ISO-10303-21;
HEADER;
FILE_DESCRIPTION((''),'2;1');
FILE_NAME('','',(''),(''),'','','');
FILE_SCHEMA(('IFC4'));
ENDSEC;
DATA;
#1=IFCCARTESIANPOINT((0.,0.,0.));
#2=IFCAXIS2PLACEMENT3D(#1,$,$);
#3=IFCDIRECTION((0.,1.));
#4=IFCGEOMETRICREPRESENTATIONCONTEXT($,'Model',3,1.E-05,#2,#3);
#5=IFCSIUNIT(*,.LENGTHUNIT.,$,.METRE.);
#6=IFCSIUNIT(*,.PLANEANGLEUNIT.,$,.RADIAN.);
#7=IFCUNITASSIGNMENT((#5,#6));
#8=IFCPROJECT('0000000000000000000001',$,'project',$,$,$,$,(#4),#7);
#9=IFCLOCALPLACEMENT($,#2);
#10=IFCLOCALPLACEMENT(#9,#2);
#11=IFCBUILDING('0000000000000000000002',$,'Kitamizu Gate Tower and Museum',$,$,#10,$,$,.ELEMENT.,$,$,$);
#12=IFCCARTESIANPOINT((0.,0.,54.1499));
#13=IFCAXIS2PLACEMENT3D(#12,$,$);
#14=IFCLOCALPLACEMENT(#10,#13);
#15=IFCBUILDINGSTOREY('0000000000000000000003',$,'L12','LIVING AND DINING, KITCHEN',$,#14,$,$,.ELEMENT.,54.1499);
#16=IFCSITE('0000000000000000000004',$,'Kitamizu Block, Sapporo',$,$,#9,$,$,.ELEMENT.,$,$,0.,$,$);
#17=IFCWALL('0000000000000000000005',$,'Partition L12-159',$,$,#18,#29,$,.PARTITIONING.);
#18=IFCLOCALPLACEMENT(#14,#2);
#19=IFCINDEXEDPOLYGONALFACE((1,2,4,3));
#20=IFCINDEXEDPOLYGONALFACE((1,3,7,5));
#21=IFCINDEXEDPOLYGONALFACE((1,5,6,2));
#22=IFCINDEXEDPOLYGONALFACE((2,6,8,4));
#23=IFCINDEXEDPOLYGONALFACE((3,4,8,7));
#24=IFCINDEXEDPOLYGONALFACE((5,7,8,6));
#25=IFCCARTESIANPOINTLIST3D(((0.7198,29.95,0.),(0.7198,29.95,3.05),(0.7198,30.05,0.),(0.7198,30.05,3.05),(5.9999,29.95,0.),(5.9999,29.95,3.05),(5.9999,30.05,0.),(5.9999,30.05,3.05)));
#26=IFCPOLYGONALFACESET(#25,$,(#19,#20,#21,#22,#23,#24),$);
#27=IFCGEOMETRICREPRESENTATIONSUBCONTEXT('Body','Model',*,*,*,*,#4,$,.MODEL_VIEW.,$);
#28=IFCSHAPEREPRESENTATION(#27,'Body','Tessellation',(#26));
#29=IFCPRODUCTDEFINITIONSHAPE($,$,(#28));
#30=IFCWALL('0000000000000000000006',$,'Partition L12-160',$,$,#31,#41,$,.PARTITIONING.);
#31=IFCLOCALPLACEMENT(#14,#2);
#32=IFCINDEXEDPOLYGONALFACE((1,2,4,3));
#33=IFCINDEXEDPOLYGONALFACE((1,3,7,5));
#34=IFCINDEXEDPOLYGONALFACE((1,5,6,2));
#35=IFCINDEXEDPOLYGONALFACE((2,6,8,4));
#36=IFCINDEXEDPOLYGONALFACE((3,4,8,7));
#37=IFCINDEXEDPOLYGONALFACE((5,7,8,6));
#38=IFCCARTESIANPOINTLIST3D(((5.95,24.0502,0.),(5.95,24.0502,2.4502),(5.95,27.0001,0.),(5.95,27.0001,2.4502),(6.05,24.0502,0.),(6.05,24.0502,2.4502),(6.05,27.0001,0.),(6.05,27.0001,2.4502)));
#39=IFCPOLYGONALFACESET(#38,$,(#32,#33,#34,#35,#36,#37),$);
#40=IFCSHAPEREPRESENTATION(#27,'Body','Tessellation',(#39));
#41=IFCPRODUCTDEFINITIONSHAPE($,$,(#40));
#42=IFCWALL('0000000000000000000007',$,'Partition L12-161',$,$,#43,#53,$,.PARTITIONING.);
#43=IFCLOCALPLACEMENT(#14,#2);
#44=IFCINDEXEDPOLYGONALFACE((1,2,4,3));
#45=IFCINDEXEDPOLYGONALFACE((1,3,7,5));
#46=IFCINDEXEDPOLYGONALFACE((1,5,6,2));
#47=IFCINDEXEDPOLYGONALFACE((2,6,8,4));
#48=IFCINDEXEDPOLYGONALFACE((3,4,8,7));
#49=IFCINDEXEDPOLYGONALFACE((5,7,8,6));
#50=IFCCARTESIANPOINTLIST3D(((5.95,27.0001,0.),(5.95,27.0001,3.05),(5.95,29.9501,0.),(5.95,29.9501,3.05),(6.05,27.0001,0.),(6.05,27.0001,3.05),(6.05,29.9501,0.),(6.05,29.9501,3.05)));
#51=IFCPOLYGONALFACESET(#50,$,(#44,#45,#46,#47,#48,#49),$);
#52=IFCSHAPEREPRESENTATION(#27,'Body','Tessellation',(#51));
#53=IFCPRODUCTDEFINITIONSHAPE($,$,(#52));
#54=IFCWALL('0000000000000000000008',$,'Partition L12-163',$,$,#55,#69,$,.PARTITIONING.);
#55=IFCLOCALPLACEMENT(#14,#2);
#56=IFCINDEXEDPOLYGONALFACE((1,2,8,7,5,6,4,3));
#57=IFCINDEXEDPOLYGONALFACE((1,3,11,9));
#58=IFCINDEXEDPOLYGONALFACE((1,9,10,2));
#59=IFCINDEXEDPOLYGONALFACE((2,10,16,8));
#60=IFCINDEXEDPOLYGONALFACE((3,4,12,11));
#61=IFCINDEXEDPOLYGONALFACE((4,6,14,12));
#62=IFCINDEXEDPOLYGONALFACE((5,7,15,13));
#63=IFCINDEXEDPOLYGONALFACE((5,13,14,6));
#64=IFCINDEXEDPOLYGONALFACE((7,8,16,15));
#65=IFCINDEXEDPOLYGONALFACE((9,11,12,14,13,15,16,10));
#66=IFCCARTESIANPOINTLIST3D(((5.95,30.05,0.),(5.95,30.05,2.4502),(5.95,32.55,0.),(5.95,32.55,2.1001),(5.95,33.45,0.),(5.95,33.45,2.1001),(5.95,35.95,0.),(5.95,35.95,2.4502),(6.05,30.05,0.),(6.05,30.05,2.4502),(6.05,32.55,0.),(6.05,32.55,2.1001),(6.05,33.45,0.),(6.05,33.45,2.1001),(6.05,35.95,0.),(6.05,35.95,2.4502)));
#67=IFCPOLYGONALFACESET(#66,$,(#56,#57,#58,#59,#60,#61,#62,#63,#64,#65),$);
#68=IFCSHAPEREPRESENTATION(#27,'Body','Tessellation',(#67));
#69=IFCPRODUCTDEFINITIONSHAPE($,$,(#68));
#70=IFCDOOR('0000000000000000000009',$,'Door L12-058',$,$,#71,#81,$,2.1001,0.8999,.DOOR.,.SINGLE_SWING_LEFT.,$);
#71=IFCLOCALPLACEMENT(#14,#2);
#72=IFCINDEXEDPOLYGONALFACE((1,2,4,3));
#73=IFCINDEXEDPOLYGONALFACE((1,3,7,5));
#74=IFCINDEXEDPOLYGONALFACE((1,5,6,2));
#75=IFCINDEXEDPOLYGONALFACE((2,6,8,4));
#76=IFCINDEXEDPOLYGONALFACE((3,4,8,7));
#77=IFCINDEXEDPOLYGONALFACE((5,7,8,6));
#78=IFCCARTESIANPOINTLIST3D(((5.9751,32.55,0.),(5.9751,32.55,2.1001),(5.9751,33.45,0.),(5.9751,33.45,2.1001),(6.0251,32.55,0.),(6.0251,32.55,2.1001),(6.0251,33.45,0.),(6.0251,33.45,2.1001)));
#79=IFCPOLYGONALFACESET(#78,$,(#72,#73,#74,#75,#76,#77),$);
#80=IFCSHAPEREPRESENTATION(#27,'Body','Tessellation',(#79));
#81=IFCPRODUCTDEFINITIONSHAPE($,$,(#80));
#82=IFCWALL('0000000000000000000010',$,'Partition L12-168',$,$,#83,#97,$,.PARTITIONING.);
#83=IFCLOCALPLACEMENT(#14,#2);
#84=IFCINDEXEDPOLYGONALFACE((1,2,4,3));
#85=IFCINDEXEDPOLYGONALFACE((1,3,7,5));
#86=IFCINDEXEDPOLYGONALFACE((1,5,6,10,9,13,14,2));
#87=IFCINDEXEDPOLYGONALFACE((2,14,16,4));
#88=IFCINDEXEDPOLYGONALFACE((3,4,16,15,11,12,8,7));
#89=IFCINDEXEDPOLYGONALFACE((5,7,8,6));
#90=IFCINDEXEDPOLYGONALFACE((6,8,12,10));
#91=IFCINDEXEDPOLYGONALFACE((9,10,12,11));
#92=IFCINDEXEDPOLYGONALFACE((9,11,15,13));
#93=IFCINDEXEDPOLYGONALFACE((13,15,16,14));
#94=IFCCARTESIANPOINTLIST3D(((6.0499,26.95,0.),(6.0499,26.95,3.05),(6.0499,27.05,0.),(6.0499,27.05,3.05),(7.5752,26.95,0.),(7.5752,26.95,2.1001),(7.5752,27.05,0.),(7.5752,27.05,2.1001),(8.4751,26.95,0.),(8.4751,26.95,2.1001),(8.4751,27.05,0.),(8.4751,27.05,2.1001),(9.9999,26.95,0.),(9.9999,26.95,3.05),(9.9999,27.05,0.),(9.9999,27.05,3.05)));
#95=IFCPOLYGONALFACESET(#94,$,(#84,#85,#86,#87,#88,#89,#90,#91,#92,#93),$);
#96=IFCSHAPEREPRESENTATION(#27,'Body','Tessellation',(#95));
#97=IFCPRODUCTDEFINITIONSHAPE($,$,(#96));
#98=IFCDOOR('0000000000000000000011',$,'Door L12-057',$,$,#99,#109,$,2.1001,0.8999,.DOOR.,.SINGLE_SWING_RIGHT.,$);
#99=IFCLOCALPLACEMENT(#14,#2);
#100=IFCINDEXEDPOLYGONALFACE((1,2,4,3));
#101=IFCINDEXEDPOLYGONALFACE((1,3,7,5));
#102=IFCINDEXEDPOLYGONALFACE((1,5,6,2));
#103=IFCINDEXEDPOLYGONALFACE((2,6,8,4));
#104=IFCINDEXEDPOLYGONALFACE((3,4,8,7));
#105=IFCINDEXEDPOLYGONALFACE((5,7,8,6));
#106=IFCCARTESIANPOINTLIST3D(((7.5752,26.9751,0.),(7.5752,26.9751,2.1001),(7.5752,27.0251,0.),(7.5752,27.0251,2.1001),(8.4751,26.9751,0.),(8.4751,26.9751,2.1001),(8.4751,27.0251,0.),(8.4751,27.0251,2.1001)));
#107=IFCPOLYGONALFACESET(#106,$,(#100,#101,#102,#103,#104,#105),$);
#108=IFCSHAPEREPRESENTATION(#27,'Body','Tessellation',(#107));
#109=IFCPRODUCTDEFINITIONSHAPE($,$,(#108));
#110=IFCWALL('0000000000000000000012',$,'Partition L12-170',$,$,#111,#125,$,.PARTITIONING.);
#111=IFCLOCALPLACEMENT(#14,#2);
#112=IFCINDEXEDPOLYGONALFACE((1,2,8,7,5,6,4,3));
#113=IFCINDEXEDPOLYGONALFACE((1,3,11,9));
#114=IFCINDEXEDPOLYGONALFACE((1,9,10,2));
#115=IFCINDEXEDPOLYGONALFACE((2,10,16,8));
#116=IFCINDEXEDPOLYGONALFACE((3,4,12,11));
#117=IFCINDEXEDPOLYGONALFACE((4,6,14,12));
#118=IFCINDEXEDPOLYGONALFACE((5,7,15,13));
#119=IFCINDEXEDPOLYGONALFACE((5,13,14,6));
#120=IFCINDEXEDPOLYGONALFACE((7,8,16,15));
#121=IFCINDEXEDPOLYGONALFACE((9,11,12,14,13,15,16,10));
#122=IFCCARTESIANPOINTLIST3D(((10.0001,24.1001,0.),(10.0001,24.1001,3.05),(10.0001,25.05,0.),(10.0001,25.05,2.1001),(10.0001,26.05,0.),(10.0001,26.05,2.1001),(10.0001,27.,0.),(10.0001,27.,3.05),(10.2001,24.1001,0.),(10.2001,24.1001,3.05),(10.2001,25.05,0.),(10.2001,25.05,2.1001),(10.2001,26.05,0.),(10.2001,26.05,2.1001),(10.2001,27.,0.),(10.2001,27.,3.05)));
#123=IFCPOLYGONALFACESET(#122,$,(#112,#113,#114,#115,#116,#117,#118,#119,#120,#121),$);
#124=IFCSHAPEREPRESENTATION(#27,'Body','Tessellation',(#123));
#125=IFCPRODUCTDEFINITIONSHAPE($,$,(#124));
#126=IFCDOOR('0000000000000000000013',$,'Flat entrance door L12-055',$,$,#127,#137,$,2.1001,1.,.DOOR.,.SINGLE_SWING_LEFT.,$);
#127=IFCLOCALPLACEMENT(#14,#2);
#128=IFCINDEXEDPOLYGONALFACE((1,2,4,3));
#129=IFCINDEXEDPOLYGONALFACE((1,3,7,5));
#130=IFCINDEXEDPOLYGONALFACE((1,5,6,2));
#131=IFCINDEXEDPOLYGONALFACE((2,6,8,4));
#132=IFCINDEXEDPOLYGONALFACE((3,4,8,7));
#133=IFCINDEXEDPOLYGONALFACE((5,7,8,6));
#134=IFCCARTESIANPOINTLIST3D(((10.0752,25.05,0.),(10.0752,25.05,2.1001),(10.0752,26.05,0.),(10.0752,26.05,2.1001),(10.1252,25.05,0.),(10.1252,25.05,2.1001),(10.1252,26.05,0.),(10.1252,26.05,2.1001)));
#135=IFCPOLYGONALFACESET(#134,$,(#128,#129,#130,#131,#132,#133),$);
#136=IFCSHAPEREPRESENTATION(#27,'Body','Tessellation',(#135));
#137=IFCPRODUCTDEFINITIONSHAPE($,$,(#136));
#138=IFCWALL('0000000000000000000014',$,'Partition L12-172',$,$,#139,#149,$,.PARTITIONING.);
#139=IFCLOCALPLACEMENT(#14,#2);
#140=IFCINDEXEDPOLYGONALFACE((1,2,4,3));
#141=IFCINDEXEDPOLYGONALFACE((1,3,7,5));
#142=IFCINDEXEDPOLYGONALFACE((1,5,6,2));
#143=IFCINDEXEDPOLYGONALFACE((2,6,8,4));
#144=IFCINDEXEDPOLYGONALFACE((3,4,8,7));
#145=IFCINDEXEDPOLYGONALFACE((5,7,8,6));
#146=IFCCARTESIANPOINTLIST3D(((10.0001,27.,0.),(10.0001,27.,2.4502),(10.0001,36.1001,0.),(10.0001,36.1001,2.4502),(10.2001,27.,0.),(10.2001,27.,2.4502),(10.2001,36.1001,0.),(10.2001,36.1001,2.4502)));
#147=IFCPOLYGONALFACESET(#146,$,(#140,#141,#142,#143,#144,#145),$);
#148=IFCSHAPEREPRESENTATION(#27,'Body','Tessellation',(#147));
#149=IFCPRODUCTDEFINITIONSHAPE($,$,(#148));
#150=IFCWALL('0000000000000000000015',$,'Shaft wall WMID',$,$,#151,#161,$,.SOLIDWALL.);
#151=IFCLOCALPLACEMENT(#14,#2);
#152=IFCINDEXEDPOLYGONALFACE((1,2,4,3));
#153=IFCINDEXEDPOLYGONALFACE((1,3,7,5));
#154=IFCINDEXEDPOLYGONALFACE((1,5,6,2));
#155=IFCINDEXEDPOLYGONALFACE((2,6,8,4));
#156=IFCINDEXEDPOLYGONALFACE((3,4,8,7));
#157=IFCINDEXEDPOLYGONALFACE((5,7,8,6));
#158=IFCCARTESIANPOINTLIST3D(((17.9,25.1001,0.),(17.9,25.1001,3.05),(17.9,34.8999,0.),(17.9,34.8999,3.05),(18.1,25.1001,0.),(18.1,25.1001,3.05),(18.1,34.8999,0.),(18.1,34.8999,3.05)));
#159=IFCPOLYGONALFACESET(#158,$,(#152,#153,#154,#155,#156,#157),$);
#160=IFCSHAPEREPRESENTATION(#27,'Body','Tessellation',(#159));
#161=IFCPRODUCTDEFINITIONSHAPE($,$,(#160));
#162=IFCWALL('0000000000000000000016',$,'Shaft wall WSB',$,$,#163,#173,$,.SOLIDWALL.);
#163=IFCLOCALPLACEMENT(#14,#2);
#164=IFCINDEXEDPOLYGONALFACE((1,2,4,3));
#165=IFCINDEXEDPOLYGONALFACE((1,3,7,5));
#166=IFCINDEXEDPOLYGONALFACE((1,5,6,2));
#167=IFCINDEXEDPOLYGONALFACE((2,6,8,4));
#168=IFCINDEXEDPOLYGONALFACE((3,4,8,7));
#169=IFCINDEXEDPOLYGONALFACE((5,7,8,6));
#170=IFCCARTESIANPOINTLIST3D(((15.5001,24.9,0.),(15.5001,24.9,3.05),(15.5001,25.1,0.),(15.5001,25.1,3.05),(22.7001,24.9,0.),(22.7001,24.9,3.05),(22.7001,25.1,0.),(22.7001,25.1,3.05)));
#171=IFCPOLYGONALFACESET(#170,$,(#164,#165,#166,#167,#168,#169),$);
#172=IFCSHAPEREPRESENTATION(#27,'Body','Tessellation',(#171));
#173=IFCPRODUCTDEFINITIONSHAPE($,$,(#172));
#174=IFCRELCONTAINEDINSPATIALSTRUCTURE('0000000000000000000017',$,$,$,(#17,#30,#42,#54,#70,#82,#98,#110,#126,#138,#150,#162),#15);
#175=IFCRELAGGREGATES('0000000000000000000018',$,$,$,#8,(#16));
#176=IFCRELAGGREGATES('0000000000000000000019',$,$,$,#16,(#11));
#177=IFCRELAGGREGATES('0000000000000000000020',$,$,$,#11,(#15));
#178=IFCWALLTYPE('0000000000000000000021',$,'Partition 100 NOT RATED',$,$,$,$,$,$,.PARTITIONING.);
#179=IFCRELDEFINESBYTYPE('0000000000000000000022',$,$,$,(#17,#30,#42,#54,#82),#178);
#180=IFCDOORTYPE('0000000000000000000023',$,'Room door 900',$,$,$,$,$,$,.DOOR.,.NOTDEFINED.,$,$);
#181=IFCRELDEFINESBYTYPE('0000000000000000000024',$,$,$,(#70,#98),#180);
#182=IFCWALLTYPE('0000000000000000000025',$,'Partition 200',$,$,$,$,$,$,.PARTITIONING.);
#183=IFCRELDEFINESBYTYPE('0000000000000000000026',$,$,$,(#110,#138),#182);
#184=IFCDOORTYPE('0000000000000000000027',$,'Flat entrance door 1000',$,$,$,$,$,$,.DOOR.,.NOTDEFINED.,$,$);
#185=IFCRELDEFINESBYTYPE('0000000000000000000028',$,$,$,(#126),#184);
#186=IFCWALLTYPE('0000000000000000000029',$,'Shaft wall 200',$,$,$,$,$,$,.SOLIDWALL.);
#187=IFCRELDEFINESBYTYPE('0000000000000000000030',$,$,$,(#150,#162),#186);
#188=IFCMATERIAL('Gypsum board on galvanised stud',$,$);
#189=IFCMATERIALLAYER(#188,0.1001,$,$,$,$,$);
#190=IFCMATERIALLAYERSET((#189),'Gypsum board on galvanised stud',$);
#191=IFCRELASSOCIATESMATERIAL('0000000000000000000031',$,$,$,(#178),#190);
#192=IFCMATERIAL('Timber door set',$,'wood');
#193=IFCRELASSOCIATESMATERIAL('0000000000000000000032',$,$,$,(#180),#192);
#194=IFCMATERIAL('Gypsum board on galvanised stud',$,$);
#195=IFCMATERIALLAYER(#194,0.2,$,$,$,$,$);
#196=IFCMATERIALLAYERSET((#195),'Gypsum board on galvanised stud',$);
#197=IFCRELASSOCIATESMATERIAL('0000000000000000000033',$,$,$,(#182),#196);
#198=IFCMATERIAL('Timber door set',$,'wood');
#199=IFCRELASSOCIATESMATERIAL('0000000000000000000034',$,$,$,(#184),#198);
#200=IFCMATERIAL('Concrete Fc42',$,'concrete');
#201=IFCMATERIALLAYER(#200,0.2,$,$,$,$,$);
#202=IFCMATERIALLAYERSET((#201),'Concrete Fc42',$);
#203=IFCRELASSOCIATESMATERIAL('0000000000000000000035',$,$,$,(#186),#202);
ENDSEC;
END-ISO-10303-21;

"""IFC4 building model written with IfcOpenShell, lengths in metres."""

from ifc_helpers import new_model, si_unit, direction, frame, frame_2d, origin, place, context, subcontext, project, spatial, rectangle, extrude, material, layer, layer_set, type_object, element, fill, save


model = new_model("IFC4")

# Units and contexts
model_context = context("Model", 3, precision=1e-05, world=origin(), true_north=direction((0.0, 1.0)))
body_context = subcontext(model_context, "Body", "Model", "MODEL_VIEW")
ifc_project = project(units=[si_unit("LENGTHUNIT", "METRE"), si_unit("PLANEANGLEUNIT", "RADIAN")], contexts=[model_context])

# Site, building, storey
site_placement = place(None, origin())
site = spatial("IfcSite", under=ifc_project, at=site_placement, Name="Kitamizu Block, Sapporo", CompositionType="ELEMENT", RefElevation=0.0)
building_placement = place(site_placement, origin())
building = spatial("IfcBuilding", under=site, at=building_placement, Name="Kitamizu Gate Tower and Museum", CompositionType="ELEMENT")
storey_placement = place(building_placement, frame((0.0, 0.0, 54.1499)))
storey = spatial("IfcBuildingStorey", under=building, at=storey_placement, Name="L12", Description="LIVING AND DINING, KITCHEN", CompositionType="ELEMENT", Elevation=54.1499)

# Shared definitions
ifc_material_1 = material(Name="Gypsum board on galvanised stud")
ifc_layer_1 = layer(ifc_material_1, 0.1001)
ifc_layer_set_1 = layer_set([ifc_layer_1], Name="Gypsum board on galvanised stud")
wall_type_1 = type_object("IfcWallType", Name="Partition 100 NOT RATED", PredefinedType="PARTITIONING", material=ifc_layer_set_1)
ifc_material_2 = material(Name="Timber door set", Category="wood")
door_type_1 = type_object("IfcDoorType", Name="Room door 900", OperationType="NOTDEFINED", PredefinedType="DOOR", material=ifc_material_2)

# Walls
wall_1_placement = place(storey_placement, frame((6.0, 30.0, 0.0), z_axis=(0.0, 0.0, 1.0), x_axis=(-1.0, 0.0, 0.0)))
element("IfcWall", 1, at=wall_1_placement, inside=storey, type_object=wall_type_1, Name="Partition L12-159", PredefinedType="PARTITIONING", context=body_context, shape_type="SweptSolid", body=[
    extrude(rectangle(XDim=5.28, YDim=0.1001, at=frame_2d((2.6401, 0.0))), origin(), (0.0, 0.0, 1.0), 3.05),
])
wall_2_placement = place(storey_placement, frame((6.0, 24.05, 0.0), z_axis=(0.0, 0.0, 1.0), x_axis=(0.0, 1.0, 0.0)))
element("IfcWall", 2, at=wall_2_placement, inside=storey, type_object=wall_type_1, Name="Partition L12-160", PredefinedType="PARTITIONING", context=body_context, shape_type="SweptSolid", body=[
    extrude(rectangle(XDim=2.95, YDim=0.1001, at=frame_2d((1.4751, 0.0))), origin(), (0.0, 0.0, 1.0), 2.4502),
])
wall_3_placement = place(storey_placement, frame((6.0, 27.0, 0.0), z_axis=(0.0, 0.0, 1.0), x_axis=(0.0, 1.0, 0.0)))
element("IfcWall", 3, at=wall_3_placement, inside=storey, type_object=wall_type_1, Name="Partition L12-161", PredefinedType="PARTITIONING", context=body_context, shape_type="SweptSolid", body=[
    extrude(rectangle(XDim=2.95, YDim=0.1001, at=frame_2d((1.4751, 0.0))), origin(), (0.0, 0.0, 1.0), 3.05),
])

# Walls, openings, doors
wall_4_placement = place(storey_placement, frame((6.0, 30.05, 0.0), z_axis=(0.0, 0.0, 1.0), x_axis=(0.0, 1.0, 0.0)))
wall_4 = element("IfcWall", 4, at=wall_4_placement, inside=storey, type_object=wall_type_1, Name="Partition L12-163", PredefinedType="PARTITIONING", context=body_context, shape_type="SweptSolid", body=[
    extrude(rectangle(XDim=5.8999, YDim=0.1001, at=frame_2d((2.95, 0.0))), origin(), (0.0, 0.0, 1.0), 2.4502),
])
opening_1_placement = place(wall_4_placement, frame((2.5, 0.0, 0.0)))
opening_1 = element("IfcOpeningElement", 5, at=opening_1_placement, cuts=wall_4, PredefinedType="OPENING", context=body_context, shape_type="SweptSolid", body=[
    extrude(rectangle(XDim=0.8999, YDim=2.1001, at=frame_2d((0.45, 1.05))), frame((0.0, 0.0601, 0.0), z_axis=(0.0, -1.0, 0.0), x_axis=(1.0, 0.0, 0.0)), (0.0, 0.0, 1.0), 0.1201),
])
door_1_placement = place(opening_1_placement, origin())
door_1 = element("IfcDoor", 6, at=door_1_placement, inside=storey, type_object=door_type_1, Name="Door L12-058", OperationType="SINGLE_SWING_LEFT", OverallHeight=2.1001, OverallWidth=0.8999, PredefinedType="DOOR", context=body_context, shape_type="SweptSolid", body=[
    extrude(rectangle(XDim=0.8999, YDim=2.1001, at=frame_2d((0.45, 1.05))), frame((0.0, 0.0249, 0.0), z_axis=(0.0, -1.0, 0.0), x_axis=(1.0, 0.0, 0.0)), (0.0, 0.0, 1.0), 0.05),
])
fill(opening_1, door_1)
wall_5_placement = place(storey_placement, frame((10.0, 27.0, 0.0), z_axis=(0.0, 0.0, 1.0), x_axis=(-1.0, 0.0, 0.0)))
wall_5 = element("IfcWall", 7, at=wall_5_placement, inside=storey, type_object=wall_type_1, Name="Partition L12-168", PredefinedType="PARTITIONING", context=body_context, shape_type="SweptSolid", body=[
    extrude(rectangle(XDim=3.95, YDim=0.1001, at=frame_2d((1.9751, 0.0))), origin(), (0.0, 0.0, 1.0), 3.05),
])
opening_2_placement = place(wall_5_placement, frame((1.5249, 0.0, 0.0)))
opening_2 = element("IfcOpeningElement", 8, at=opening_2_placement, cuts=wall_5, PredefinedType="OPENING", context=body_context, shape_type="SweptSolid", body=[
    extrude(rectangle(XDim=0.8999, YDim=2.1001, at=frame_2d((0.45, 1.05))), frame((0.0, 0.0601, 0.0), z_axis=(0.0, -1.0, 0.0), x_axis=(1.0, 0.0, 0.0)), (0.0, 0.0, 1.0), 0.1201),
])
door_2_placement = place(opening_2_placement, origin())
door_2 = element("IfcDoor", 9, at=door_2_placement, inside=storey, type_object=door_type_1, Name="Door L12-057", OperationType="SINGLE_SWING_RIGHT", OverallHeight=2.1001, OverallWidth=0.8999, PredefinedType="DOOR", context=body_context, shape_type="SweptSolid", body=[
    extrude(rectangle(XDim=0.8999, YDim=2.1001, at=frame_2d((0.45, 1.05))), frame((0.0, 0.0249, 0.0), z_axis=(0.0, -1.0, 0.0), x_axis=(1.0, 0.0, 0.0)), (0.0, 0.0, 1.0), 0.05),
])
fill(opening_2, door_2)
ifc_material_3 = material(Name="Gypsum board on galvanised stud")
ifc_layer_2 = layer(ifc_material_3, 0.2)
ifc_layer_set_2 = layer_set([ifc_layer_2], Name="Gypsum board on galvanised stud")
wall_type_2 = type_object("IfcWallType", Name="Partition 200", PredefinedType="PARTITIONING", material=ifc_layer_set_2)
wall_6_placement = place(storey_placement, frame((10.1001, 24.1001, 0.0), z_axis=(0.0, 0.0, 1.0), x_axis=(0.0, 1.0, 0.0)))
wall_6 = element("IfcWall", 10, at=wall_6_placement, inside=storey, type_object=wall_type_2, Name="Partition L12-170", PredefinedType="PARTITIONING", context=body_context, shape_type="SweptSolid", body=[
    extrude(rectangle(XDim=2.8999, YDim=0.2, at=frame_2d((1.45, 0.0))), origin(), (0.0, 0.0, 1.0), 3.05),
])
opening_3_placement = place(wall_6_placement, frame((0.95, 0.0, 0.0)))
opening_3 = element("IfcOpeningElement", 11, at=opening_3_placement, cuts=wall_6, PredefinedType="OPENING", context=body_context, shape_type="SweptSolid", body=[
    extrude(rectangle(XDim=1.0, YDim=2.1001, at=frame_2d((0.5, 1.05))), frame((0.0, 0.1099, 0.0), z_axis=(0.0, -1.0, 0.0), x_axis=(1.0, 0.0, 0.0)), (0.0, 0.0, 1.0), 0.22),
])
ifc_material_4 = material(Name="Timber door set", Category="wood")
door_type_2 = type_object("IfcDoorType", Name="Flat entrance door 1000", OperationType="NOTDEFINED", PredefinedType="DOOR", material=ifc_material_4)
door_3_placement = place(opening_3_placement, origin())
door_3 = element("IfcDoor", 12, at=door_3_placement, inside=storey, type_object=door_type_2, Name="Flat entrance door L12-055", OperationType="SINGLE_SWING_LEFT", OverallHeight=2.1001, OverallWidth=1.0, PredefinedType="DOOR", context=body_context, shape_type="SweptSolid", body=[
    extrude(rectangle(XDim=1.0, YDim=2.1001, at=frame_2d((0.5, 1.05))), frame((0.0, 0.0249, 0.0), z_axis=(0.0, -1.0, 0.0), x_axis=(1.0, 0.0, 0.0)), (0.0, 0.0, 1.0), 0.05),
])
fill(opening_3, door_3)

# Walls
wall_7_placement = place(storey_placement, frame((10.1001, 27.0, 0.0), z_axis=(0.0, 0.0, 1.0), x_axis=(0.0, 1.0, 0.0)))
element("IfcWall", 13, at=wall_7_placement, inside=storey, type_object=wall_type_2, Name="Partition L12-172", PredefinedType="PARTITIONING", context=body_context, shape_type="SweptSolid", body=[
    extrude(rectangle(XDim=9.1001, YDim=0.2, at=frame_2d((4.55, 0.0))), origin(), (0.0, 0.0, 1.0), 2.4502),
])
ifc_material_5 = material(Name="Concrete Fc42", Category="concrete")
ifc_layer_3 = layer(ifc_material_5, 0.2)
ifc_layer_set_3 = layer_set([ifc_layer_3], Name="Concrete Fc42")
wall_type_3 = type_object("IfcWallType", Name="Shaft wall 200", PredefinedType="SOLIDWALL", material=ifc_layer_set_3)
wall_8_placement = place(storey_placement, frame((18.0, 25.1001, 0.0), z_axis=(0.0, 0.0, 1.0), x_axis=(0.0, 1.0, 0.0)))
element("IfcWall", 14, at=wall_8_placement, inside=storey, type_object=wall_type_3, Name="Shaft wall WMID", PredefinedType="SOLIDWALL", context=body_context, shape_type="SweptSolid", body=[
    extrude(rectangle(XDim=9.7998, YDim=0.2, at=frame_2d((4.8999, 0.0))), origin(), (0.0, 0.0, 1.0), 3.05),
])
for number, where, z_axis, x_axis, name in (
    (15, (15.5, 25.0, 0.0), (0.0, 0.0, 1.0), (1.0, 0.0, 0.0), "Shaft wall WSB"),
):
    element("IfcWall", number, at=place(storey_placement, frame(where, z_axis=z_axis, x_axis=x_axis)), inside=storey, type_object=wall_type_3, Name=name, PredefinedType="SOLIDWALL", context=body_context, shape_type="SweptSolid", body=[
        extrude(rectangle(XDim=7.2, YDim=0.2, at=frame_2d((3.6001, 0.0))), origin(), (0.0, 0.0, 1.0), 3.05),
    ])

save(model, "model.ifc")
